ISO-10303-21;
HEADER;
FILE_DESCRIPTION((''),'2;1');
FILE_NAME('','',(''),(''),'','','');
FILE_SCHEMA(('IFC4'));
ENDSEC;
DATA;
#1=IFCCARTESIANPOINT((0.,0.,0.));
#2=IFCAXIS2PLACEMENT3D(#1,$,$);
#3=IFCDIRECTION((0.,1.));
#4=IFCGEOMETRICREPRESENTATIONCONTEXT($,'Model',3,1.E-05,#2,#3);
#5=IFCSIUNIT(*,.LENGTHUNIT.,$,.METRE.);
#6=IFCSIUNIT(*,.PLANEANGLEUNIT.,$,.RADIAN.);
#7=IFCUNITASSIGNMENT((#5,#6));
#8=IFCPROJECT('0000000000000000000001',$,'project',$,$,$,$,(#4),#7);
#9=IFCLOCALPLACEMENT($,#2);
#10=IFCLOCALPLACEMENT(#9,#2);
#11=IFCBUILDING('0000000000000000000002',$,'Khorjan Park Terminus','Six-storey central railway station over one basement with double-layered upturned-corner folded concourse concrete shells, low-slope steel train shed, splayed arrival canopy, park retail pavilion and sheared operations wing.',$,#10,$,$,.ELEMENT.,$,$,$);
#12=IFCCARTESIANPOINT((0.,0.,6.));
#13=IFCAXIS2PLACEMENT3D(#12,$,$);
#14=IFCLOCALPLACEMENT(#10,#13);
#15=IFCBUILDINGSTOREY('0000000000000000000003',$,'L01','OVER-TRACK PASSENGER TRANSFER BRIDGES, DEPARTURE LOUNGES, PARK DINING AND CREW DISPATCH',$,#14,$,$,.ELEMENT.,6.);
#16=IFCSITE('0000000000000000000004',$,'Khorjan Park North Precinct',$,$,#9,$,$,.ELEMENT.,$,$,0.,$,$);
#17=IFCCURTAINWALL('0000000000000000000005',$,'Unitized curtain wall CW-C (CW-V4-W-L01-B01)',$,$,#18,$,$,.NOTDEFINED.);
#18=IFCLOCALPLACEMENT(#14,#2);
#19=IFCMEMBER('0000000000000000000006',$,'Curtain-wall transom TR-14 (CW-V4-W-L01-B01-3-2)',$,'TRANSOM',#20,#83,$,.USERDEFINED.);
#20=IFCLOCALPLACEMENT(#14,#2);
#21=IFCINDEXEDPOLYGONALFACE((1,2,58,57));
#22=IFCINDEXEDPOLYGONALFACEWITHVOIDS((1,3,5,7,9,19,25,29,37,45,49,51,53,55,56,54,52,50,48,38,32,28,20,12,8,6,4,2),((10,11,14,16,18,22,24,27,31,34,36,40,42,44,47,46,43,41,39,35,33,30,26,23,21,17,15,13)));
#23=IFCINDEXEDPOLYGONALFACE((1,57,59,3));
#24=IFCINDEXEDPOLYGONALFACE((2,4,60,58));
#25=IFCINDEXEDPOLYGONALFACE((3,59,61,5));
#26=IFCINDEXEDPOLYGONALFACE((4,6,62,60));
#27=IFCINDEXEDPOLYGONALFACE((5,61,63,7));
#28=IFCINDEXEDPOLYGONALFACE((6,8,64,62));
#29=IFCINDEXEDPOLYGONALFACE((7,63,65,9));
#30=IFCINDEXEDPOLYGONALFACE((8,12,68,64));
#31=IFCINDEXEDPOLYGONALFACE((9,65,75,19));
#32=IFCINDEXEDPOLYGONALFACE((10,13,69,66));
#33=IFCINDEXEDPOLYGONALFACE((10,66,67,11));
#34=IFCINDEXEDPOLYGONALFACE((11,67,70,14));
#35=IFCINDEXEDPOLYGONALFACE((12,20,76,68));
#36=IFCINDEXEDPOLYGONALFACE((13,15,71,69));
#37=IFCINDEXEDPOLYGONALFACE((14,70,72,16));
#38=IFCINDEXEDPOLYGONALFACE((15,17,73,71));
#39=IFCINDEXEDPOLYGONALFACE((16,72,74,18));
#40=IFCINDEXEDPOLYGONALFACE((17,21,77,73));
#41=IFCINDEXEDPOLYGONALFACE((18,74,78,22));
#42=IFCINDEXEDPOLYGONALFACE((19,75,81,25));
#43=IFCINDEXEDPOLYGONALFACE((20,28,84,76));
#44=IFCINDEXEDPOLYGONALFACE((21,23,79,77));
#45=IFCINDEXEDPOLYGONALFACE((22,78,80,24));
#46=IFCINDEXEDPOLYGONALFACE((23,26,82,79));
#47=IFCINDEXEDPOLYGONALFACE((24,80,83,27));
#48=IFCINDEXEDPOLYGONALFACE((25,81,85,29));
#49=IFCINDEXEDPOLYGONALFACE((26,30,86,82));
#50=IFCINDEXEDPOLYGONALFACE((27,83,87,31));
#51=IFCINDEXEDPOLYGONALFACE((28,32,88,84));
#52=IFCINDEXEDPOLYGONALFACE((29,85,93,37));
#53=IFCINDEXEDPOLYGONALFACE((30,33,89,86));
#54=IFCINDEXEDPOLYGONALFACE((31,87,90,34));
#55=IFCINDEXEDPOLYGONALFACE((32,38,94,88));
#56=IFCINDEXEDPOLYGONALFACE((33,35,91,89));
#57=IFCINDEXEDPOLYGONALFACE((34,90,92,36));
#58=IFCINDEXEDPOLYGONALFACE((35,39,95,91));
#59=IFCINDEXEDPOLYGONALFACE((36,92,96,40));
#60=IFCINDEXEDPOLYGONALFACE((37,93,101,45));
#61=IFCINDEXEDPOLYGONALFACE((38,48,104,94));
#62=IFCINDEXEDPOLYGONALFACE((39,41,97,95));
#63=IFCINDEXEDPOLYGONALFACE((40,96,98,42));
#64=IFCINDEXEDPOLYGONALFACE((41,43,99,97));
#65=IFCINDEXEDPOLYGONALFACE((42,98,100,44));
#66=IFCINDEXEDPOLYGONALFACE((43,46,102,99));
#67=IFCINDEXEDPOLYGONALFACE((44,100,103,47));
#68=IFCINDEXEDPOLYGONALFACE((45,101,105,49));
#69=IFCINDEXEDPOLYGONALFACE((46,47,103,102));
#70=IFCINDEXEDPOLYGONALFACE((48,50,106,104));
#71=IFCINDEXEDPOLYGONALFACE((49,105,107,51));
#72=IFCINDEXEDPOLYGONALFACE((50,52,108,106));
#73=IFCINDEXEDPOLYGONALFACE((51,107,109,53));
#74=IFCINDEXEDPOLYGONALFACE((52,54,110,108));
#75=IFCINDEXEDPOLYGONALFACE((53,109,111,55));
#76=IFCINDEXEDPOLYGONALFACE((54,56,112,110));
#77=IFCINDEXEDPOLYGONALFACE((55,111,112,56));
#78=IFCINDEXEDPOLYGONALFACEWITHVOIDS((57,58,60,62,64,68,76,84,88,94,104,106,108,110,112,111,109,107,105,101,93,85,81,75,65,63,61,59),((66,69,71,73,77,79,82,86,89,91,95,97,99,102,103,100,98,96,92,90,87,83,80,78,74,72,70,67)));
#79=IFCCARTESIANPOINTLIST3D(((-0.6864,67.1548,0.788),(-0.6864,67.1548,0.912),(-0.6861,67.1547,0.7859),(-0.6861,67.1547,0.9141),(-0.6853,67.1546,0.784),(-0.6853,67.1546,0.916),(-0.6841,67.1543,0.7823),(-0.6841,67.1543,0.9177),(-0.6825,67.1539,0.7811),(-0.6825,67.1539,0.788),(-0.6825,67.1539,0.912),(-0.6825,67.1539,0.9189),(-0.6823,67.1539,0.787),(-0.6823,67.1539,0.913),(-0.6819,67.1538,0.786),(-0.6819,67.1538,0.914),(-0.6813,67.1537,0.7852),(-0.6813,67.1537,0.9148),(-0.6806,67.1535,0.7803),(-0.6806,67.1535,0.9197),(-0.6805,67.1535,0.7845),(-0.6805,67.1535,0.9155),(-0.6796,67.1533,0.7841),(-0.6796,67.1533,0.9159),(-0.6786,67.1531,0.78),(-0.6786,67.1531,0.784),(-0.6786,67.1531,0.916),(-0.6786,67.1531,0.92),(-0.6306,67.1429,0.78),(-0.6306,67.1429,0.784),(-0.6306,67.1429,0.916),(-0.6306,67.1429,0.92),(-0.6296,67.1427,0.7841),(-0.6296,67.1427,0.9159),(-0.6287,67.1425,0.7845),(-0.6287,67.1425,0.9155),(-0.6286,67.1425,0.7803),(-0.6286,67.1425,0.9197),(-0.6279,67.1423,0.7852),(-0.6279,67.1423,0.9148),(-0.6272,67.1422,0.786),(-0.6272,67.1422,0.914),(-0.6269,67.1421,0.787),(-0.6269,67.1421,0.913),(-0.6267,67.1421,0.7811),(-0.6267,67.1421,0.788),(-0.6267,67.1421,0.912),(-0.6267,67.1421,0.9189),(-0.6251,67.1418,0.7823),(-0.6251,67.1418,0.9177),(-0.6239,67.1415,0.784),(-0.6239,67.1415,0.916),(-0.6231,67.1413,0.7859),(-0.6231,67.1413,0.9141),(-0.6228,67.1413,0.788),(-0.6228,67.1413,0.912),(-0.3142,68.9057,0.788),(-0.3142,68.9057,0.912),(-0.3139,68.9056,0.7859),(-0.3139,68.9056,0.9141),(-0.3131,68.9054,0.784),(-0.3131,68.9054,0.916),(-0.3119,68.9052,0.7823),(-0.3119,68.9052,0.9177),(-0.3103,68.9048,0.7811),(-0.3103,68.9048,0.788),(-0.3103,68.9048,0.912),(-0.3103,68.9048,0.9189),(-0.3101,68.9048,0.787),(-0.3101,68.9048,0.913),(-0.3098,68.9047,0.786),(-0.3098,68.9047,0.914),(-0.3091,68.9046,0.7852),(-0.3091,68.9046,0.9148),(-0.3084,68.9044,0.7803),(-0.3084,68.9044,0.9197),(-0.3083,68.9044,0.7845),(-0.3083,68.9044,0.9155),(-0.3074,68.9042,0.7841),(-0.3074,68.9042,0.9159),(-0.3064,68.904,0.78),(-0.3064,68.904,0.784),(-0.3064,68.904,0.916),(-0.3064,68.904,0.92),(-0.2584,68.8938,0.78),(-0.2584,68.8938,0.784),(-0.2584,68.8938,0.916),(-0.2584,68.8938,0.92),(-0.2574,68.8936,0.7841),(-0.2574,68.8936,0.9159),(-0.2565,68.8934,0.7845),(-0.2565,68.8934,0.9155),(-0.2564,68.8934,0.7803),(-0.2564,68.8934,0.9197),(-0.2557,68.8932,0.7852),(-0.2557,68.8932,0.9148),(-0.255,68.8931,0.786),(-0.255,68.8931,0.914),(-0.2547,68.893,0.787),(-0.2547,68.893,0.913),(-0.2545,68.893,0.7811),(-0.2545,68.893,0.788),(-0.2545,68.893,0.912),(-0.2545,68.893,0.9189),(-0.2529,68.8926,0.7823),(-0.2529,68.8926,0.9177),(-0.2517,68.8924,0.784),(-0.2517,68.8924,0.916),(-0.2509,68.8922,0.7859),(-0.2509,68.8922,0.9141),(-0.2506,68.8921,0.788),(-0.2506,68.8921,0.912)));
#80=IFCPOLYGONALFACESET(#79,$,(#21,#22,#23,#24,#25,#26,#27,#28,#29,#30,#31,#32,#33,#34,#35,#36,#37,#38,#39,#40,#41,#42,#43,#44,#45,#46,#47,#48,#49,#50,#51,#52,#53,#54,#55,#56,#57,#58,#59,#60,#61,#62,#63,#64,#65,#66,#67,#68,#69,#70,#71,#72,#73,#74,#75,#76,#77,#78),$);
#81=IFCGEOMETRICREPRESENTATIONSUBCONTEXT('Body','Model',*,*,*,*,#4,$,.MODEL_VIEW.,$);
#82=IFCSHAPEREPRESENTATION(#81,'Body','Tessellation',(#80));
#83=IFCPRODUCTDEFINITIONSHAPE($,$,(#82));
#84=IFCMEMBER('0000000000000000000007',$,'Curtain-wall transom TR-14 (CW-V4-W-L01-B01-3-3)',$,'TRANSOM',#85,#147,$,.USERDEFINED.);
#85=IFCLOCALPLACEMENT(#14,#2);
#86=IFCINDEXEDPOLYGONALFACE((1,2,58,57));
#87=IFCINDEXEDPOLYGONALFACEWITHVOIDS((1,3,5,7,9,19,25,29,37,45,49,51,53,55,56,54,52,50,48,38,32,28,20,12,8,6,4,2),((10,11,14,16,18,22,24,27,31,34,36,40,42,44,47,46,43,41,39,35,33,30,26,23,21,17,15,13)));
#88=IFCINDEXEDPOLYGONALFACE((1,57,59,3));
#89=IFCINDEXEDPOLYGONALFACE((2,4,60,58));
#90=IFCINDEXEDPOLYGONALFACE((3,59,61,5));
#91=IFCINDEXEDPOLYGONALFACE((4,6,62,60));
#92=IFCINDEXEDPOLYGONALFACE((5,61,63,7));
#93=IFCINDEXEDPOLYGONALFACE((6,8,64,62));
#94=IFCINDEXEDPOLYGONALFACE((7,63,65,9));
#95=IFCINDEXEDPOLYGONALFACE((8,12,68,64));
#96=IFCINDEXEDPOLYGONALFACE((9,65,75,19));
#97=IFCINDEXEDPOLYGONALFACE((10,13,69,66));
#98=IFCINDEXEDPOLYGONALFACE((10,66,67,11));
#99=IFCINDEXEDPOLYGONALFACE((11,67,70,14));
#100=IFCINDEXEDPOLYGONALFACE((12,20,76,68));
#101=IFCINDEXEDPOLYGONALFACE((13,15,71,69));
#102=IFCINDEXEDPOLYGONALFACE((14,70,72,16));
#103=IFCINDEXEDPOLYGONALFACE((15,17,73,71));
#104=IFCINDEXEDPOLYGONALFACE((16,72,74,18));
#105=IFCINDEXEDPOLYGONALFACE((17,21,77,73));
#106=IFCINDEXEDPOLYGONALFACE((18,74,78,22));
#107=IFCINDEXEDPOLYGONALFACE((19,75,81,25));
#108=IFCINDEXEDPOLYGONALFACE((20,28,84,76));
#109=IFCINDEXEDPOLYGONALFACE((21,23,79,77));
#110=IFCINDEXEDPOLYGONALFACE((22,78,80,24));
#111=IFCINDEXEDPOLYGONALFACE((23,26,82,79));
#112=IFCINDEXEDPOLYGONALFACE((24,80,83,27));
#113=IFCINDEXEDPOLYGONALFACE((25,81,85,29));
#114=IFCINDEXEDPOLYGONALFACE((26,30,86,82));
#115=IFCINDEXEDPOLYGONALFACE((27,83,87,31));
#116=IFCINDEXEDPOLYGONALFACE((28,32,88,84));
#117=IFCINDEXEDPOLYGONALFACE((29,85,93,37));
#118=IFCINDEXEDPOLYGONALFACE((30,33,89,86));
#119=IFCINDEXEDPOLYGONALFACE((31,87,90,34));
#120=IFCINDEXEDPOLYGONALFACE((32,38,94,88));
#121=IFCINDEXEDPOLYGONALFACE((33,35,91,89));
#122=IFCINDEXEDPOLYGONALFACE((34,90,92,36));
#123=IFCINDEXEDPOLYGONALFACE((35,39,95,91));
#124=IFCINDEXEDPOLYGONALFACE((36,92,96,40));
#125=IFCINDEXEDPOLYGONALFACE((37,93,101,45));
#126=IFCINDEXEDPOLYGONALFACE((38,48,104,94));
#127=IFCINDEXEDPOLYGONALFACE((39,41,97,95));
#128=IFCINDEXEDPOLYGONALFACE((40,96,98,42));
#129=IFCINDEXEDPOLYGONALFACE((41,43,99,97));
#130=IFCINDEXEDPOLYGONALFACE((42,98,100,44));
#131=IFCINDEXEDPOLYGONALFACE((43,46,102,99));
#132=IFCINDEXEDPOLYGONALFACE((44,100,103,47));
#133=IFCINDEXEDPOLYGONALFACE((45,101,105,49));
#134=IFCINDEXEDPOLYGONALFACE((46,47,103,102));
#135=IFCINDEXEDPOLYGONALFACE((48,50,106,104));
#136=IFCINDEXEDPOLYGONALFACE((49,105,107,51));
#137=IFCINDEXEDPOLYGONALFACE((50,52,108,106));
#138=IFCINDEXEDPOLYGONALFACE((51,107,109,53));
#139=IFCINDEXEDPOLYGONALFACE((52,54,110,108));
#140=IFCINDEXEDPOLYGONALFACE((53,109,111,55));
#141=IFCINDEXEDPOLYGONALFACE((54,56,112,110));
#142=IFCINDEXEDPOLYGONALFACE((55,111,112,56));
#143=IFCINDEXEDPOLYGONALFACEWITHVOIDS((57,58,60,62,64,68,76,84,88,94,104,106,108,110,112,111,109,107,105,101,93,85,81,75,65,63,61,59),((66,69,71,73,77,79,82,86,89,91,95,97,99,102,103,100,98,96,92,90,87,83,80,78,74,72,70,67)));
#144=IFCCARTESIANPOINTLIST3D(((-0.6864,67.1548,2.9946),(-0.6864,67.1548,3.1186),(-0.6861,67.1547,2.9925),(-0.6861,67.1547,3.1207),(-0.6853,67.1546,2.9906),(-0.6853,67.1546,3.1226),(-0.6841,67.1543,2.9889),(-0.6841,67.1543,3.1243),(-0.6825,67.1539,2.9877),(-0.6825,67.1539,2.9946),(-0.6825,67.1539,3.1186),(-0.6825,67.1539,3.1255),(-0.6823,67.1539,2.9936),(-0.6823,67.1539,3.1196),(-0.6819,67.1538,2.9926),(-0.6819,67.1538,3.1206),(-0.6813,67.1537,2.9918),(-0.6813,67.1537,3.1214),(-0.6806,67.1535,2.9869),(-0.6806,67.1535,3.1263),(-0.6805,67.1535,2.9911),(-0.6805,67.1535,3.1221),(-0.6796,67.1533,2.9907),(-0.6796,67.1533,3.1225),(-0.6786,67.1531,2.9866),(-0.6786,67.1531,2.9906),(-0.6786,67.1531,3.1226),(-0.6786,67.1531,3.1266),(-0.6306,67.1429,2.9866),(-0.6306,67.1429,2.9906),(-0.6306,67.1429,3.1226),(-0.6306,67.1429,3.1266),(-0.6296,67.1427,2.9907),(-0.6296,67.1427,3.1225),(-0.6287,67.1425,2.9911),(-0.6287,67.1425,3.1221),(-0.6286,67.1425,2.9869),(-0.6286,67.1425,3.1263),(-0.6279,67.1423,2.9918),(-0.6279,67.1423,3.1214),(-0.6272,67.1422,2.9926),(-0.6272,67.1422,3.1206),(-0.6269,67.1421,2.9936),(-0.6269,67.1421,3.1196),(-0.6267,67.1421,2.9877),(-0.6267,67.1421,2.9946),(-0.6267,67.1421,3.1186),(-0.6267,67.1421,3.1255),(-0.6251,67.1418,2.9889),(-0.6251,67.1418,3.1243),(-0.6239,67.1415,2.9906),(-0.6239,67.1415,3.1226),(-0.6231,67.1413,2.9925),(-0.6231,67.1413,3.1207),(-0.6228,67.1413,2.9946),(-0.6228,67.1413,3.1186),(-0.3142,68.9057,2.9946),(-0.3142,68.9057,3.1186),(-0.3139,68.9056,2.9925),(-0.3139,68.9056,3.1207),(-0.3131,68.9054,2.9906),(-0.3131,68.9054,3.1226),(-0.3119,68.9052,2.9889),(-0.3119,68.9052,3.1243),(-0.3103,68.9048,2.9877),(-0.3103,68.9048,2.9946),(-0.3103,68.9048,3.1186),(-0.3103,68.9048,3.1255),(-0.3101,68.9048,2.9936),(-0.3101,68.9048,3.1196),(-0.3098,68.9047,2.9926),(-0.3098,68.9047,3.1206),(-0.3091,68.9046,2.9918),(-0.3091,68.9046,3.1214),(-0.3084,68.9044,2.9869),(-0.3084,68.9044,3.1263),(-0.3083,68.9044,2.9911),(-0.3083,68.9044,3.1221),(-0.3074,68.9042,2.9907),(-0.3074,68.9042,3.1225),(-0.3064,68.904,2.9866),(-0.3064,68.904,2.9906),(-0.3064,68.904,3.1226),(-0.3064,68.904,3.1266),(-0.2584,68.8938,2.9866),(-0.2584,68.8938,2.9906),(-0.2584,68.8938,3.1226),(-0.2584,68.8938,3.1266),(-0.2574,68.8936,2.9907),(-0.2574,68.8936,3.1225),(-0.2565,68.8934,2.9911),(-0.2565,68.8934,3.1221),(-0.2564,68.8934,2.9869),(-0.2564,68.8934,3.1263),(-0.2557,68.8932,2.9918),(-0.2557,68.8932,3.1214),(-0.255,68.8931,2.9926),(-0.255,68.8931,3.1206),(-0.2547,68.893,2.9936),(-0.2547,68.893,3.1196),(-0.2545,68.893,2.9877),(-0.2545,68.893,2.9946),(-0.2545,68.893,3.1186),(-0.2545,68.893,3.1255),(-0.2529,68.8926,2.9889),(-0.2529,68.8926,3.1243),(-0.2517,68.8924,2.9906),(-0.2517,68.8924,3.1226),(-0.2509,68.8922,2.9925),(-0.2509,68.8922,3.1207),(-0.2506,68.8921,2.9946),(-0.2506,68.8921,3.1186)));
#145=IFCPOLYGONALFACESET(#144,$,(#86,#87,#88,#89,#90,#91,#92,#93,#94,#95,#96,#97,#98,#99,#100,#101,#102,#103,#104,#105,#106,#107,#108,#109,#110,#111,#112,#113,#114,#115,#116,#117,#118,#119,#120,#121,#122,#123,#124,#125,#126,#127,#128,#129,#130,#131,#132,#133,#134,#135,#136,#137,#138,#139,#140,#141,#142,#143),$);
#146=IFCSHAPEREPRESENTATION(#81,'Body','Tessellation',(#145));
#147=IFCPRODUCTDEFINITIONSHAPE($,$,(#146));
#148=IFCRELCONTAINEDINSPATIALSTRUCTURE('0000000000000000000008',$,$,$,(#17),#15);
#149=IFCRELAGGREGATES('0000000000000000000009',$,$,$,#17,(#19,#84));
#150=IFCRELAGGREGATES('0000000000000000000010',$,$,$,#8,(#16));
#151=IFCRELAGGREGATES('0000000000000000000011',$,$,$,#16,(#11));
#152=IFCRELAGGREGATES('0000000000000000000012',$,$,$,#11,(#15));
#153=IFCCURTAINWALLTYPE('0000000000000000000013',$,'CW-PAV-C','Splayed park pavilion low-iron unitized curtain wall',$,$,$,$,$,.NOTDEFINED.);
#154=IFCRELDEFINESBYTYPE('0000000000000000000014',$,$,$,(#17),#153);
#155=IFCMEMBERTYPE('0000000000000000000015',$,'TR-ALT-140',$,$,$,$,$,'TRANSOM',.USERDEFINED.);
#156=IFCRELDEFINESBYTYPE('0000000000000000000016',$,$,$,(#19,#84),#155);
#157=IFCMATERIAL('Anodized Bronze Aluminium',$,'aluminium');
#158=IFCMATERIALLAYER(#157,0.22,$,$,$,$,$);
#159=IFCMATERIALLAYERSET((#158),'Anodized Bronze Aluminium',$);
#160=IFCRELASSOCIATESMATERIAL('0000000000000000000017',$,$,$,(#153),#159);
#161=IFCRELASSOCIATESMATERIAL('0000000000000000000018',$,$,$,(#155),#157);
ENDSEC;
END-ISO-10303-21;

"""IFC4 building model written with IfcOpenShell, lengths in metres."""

from ifc_helpers import new_model, si_unit, direction, frame, origin, origin_2d, place, context, subcontext, project, spatial, hollow_rectangle, extrude, material, layer, layer_set, material_profile, profile_set, type_object, element, aggregate, save


model = new_model("IFC4")

# Units and contexts
model_context = context("Model", 3, precision=1e-05, world=origin(), true_north=direction((0.0, 1.0)))
body_context = subcontext(model_context, "Body", "Model", "MODEL_VIEW")
ifc_project = project(units=[si_unit("LENGTHUNIT", "METRE"), si_unit("PLANEANGLEUNIT", "RADIAN")], contexts=[model_context])

# Site, building, storey
site_placement = place(None, origin())
site = spatial("IfcSite", under=ifc_project, at=site_placement, Name="Khorjan Park North Precinct", CompositionType="ELEMENT", RefElevation=0.0)
building_placement = place(site_placement, origin())
building = spatial("IfcBuilding", under=site, at=building_placement, Name="Khorjan Park Terminus", Description="Six-storey central railway station over one basement with double-layered upturned-corner folded concourse concrete shells, low-slope steel train shed, splayed arrival canopy, park retail pavilion and sheared operations wing.", CompositionType="ELEMENT")
storey_placement = place(building_placement, frame((0.0, 0.0, 6.0)))
storey = spatial("IfcBuildingStorey", under=building, at=storey_placement, Name="L01", Description="OVER-TRACK PASSENGER TRANSFER BRIDGES, DEPARTURE LOUNGES, PARK DINING AND CREW DISPATCH", CompositionType="ELEMENT", Elevation=6.0)

# Curtain wall, members
ifc_material_1 = material(Name="Anodized Bronze Aluminium", Category="aluminium")
ifc_layer_1 = layer(ifc_material_1, 0.22)
ifc_layer_set_1 = layer_set([ifc_layer_1], Name="Anodized Bronze Aluminium")
curtain_wall_type = type_object("IfcCurtainWallType", Name="CW-PAV-C", Description="Splayed park pavilion low-iron unitized curtain wall", PredefinedType="NOTDEFINED", material=ifc_layer_set_1)
curtain_wall_placement = place(storey_placement, origin())
curtain_wall = element("IfcCurtainWall", 1, at=curtain_wall_placement, inside=storey, type_object=curtain_wall_type, Name="Unitized curtain wall CW-C (CW-V4-W-L01-B01)", PredefinedType="NOTDEFINED")
ifc_material_profile_1 = material_profile(ifc_material_1, hollow_rectangle(XDim=0.065, YDim=0.14, WallThickness=0.004, InnerFilletRadius=0.004, OuterFilletRadius=0.008, at=origin_2d()), Name="ALT 65x140x4")
ifc_profile_set_1 = profile_set([ifc_material_profile_1], Name="Anodized Bronze Aluminium")
member_type_1 = type_object("IfcMemberType", Name="TR-ALT-140", ElementType="TRANSOM", PredefinedType="USERDEFINED", material=ifc_profile_set_1)
member_1_placement = place(storey_placement, frame((-0.2824, 68.8989, 0.85), z_axis=(-0.20793, -0.978144, 0.0), x_axis=(0.978144, -0.20793, 0.0)))
member_1 = element("IfcMember", 2, at=member_1_placement, type_object=member_type_1, Name="Curtain-wall transom TR-14 (CW-V4-W-L01-B01-3-2)", ObjectType="TRANSOM", PredefinedType="USERDEFINED", context=body_context, shape_type="SweptSolid", body=[
    extrude(hollow_rectangle(XDim=0.065, YDim=0.14, WallThickness=0.004, InnerFilletRadius=0.004, OuterFilletRadius=0.008, at=origin_2d()), origin(), (0.0, 0.0, 1.0), 1.79),
])
member_2_placement = place(storey_placement, frame((-0.2824, 68.8989, 3.0566), z_axis=(-0.20793, -0.978144, 0.0), x_axis=(0.978144, -0.20793, 0.0)))
member_2 = element("IfcMember", 3, at=member_2_placement, type_object=member_type_1, Name="Curtain-wall transom TR-14 (CW-V4-W-L01-B01-3-3)", ObjectType="TRANSOM", PredefinedType="USERDEFINED", context=body_context, shape_type="SweptSolid", body=[
    extrude(hollow_rectangle(XDim=0.065, YDim=0.14, WallThickness=0.004, InnerFilletRadius=0.004, OuterFilletRadius=0.008, at=origin_2d()), origin(), (0.0, 0.0, 1.0), 1.79),
])
aggregate(curtain_wall, [member_1, member_2])

save(model, "model.ifc")
